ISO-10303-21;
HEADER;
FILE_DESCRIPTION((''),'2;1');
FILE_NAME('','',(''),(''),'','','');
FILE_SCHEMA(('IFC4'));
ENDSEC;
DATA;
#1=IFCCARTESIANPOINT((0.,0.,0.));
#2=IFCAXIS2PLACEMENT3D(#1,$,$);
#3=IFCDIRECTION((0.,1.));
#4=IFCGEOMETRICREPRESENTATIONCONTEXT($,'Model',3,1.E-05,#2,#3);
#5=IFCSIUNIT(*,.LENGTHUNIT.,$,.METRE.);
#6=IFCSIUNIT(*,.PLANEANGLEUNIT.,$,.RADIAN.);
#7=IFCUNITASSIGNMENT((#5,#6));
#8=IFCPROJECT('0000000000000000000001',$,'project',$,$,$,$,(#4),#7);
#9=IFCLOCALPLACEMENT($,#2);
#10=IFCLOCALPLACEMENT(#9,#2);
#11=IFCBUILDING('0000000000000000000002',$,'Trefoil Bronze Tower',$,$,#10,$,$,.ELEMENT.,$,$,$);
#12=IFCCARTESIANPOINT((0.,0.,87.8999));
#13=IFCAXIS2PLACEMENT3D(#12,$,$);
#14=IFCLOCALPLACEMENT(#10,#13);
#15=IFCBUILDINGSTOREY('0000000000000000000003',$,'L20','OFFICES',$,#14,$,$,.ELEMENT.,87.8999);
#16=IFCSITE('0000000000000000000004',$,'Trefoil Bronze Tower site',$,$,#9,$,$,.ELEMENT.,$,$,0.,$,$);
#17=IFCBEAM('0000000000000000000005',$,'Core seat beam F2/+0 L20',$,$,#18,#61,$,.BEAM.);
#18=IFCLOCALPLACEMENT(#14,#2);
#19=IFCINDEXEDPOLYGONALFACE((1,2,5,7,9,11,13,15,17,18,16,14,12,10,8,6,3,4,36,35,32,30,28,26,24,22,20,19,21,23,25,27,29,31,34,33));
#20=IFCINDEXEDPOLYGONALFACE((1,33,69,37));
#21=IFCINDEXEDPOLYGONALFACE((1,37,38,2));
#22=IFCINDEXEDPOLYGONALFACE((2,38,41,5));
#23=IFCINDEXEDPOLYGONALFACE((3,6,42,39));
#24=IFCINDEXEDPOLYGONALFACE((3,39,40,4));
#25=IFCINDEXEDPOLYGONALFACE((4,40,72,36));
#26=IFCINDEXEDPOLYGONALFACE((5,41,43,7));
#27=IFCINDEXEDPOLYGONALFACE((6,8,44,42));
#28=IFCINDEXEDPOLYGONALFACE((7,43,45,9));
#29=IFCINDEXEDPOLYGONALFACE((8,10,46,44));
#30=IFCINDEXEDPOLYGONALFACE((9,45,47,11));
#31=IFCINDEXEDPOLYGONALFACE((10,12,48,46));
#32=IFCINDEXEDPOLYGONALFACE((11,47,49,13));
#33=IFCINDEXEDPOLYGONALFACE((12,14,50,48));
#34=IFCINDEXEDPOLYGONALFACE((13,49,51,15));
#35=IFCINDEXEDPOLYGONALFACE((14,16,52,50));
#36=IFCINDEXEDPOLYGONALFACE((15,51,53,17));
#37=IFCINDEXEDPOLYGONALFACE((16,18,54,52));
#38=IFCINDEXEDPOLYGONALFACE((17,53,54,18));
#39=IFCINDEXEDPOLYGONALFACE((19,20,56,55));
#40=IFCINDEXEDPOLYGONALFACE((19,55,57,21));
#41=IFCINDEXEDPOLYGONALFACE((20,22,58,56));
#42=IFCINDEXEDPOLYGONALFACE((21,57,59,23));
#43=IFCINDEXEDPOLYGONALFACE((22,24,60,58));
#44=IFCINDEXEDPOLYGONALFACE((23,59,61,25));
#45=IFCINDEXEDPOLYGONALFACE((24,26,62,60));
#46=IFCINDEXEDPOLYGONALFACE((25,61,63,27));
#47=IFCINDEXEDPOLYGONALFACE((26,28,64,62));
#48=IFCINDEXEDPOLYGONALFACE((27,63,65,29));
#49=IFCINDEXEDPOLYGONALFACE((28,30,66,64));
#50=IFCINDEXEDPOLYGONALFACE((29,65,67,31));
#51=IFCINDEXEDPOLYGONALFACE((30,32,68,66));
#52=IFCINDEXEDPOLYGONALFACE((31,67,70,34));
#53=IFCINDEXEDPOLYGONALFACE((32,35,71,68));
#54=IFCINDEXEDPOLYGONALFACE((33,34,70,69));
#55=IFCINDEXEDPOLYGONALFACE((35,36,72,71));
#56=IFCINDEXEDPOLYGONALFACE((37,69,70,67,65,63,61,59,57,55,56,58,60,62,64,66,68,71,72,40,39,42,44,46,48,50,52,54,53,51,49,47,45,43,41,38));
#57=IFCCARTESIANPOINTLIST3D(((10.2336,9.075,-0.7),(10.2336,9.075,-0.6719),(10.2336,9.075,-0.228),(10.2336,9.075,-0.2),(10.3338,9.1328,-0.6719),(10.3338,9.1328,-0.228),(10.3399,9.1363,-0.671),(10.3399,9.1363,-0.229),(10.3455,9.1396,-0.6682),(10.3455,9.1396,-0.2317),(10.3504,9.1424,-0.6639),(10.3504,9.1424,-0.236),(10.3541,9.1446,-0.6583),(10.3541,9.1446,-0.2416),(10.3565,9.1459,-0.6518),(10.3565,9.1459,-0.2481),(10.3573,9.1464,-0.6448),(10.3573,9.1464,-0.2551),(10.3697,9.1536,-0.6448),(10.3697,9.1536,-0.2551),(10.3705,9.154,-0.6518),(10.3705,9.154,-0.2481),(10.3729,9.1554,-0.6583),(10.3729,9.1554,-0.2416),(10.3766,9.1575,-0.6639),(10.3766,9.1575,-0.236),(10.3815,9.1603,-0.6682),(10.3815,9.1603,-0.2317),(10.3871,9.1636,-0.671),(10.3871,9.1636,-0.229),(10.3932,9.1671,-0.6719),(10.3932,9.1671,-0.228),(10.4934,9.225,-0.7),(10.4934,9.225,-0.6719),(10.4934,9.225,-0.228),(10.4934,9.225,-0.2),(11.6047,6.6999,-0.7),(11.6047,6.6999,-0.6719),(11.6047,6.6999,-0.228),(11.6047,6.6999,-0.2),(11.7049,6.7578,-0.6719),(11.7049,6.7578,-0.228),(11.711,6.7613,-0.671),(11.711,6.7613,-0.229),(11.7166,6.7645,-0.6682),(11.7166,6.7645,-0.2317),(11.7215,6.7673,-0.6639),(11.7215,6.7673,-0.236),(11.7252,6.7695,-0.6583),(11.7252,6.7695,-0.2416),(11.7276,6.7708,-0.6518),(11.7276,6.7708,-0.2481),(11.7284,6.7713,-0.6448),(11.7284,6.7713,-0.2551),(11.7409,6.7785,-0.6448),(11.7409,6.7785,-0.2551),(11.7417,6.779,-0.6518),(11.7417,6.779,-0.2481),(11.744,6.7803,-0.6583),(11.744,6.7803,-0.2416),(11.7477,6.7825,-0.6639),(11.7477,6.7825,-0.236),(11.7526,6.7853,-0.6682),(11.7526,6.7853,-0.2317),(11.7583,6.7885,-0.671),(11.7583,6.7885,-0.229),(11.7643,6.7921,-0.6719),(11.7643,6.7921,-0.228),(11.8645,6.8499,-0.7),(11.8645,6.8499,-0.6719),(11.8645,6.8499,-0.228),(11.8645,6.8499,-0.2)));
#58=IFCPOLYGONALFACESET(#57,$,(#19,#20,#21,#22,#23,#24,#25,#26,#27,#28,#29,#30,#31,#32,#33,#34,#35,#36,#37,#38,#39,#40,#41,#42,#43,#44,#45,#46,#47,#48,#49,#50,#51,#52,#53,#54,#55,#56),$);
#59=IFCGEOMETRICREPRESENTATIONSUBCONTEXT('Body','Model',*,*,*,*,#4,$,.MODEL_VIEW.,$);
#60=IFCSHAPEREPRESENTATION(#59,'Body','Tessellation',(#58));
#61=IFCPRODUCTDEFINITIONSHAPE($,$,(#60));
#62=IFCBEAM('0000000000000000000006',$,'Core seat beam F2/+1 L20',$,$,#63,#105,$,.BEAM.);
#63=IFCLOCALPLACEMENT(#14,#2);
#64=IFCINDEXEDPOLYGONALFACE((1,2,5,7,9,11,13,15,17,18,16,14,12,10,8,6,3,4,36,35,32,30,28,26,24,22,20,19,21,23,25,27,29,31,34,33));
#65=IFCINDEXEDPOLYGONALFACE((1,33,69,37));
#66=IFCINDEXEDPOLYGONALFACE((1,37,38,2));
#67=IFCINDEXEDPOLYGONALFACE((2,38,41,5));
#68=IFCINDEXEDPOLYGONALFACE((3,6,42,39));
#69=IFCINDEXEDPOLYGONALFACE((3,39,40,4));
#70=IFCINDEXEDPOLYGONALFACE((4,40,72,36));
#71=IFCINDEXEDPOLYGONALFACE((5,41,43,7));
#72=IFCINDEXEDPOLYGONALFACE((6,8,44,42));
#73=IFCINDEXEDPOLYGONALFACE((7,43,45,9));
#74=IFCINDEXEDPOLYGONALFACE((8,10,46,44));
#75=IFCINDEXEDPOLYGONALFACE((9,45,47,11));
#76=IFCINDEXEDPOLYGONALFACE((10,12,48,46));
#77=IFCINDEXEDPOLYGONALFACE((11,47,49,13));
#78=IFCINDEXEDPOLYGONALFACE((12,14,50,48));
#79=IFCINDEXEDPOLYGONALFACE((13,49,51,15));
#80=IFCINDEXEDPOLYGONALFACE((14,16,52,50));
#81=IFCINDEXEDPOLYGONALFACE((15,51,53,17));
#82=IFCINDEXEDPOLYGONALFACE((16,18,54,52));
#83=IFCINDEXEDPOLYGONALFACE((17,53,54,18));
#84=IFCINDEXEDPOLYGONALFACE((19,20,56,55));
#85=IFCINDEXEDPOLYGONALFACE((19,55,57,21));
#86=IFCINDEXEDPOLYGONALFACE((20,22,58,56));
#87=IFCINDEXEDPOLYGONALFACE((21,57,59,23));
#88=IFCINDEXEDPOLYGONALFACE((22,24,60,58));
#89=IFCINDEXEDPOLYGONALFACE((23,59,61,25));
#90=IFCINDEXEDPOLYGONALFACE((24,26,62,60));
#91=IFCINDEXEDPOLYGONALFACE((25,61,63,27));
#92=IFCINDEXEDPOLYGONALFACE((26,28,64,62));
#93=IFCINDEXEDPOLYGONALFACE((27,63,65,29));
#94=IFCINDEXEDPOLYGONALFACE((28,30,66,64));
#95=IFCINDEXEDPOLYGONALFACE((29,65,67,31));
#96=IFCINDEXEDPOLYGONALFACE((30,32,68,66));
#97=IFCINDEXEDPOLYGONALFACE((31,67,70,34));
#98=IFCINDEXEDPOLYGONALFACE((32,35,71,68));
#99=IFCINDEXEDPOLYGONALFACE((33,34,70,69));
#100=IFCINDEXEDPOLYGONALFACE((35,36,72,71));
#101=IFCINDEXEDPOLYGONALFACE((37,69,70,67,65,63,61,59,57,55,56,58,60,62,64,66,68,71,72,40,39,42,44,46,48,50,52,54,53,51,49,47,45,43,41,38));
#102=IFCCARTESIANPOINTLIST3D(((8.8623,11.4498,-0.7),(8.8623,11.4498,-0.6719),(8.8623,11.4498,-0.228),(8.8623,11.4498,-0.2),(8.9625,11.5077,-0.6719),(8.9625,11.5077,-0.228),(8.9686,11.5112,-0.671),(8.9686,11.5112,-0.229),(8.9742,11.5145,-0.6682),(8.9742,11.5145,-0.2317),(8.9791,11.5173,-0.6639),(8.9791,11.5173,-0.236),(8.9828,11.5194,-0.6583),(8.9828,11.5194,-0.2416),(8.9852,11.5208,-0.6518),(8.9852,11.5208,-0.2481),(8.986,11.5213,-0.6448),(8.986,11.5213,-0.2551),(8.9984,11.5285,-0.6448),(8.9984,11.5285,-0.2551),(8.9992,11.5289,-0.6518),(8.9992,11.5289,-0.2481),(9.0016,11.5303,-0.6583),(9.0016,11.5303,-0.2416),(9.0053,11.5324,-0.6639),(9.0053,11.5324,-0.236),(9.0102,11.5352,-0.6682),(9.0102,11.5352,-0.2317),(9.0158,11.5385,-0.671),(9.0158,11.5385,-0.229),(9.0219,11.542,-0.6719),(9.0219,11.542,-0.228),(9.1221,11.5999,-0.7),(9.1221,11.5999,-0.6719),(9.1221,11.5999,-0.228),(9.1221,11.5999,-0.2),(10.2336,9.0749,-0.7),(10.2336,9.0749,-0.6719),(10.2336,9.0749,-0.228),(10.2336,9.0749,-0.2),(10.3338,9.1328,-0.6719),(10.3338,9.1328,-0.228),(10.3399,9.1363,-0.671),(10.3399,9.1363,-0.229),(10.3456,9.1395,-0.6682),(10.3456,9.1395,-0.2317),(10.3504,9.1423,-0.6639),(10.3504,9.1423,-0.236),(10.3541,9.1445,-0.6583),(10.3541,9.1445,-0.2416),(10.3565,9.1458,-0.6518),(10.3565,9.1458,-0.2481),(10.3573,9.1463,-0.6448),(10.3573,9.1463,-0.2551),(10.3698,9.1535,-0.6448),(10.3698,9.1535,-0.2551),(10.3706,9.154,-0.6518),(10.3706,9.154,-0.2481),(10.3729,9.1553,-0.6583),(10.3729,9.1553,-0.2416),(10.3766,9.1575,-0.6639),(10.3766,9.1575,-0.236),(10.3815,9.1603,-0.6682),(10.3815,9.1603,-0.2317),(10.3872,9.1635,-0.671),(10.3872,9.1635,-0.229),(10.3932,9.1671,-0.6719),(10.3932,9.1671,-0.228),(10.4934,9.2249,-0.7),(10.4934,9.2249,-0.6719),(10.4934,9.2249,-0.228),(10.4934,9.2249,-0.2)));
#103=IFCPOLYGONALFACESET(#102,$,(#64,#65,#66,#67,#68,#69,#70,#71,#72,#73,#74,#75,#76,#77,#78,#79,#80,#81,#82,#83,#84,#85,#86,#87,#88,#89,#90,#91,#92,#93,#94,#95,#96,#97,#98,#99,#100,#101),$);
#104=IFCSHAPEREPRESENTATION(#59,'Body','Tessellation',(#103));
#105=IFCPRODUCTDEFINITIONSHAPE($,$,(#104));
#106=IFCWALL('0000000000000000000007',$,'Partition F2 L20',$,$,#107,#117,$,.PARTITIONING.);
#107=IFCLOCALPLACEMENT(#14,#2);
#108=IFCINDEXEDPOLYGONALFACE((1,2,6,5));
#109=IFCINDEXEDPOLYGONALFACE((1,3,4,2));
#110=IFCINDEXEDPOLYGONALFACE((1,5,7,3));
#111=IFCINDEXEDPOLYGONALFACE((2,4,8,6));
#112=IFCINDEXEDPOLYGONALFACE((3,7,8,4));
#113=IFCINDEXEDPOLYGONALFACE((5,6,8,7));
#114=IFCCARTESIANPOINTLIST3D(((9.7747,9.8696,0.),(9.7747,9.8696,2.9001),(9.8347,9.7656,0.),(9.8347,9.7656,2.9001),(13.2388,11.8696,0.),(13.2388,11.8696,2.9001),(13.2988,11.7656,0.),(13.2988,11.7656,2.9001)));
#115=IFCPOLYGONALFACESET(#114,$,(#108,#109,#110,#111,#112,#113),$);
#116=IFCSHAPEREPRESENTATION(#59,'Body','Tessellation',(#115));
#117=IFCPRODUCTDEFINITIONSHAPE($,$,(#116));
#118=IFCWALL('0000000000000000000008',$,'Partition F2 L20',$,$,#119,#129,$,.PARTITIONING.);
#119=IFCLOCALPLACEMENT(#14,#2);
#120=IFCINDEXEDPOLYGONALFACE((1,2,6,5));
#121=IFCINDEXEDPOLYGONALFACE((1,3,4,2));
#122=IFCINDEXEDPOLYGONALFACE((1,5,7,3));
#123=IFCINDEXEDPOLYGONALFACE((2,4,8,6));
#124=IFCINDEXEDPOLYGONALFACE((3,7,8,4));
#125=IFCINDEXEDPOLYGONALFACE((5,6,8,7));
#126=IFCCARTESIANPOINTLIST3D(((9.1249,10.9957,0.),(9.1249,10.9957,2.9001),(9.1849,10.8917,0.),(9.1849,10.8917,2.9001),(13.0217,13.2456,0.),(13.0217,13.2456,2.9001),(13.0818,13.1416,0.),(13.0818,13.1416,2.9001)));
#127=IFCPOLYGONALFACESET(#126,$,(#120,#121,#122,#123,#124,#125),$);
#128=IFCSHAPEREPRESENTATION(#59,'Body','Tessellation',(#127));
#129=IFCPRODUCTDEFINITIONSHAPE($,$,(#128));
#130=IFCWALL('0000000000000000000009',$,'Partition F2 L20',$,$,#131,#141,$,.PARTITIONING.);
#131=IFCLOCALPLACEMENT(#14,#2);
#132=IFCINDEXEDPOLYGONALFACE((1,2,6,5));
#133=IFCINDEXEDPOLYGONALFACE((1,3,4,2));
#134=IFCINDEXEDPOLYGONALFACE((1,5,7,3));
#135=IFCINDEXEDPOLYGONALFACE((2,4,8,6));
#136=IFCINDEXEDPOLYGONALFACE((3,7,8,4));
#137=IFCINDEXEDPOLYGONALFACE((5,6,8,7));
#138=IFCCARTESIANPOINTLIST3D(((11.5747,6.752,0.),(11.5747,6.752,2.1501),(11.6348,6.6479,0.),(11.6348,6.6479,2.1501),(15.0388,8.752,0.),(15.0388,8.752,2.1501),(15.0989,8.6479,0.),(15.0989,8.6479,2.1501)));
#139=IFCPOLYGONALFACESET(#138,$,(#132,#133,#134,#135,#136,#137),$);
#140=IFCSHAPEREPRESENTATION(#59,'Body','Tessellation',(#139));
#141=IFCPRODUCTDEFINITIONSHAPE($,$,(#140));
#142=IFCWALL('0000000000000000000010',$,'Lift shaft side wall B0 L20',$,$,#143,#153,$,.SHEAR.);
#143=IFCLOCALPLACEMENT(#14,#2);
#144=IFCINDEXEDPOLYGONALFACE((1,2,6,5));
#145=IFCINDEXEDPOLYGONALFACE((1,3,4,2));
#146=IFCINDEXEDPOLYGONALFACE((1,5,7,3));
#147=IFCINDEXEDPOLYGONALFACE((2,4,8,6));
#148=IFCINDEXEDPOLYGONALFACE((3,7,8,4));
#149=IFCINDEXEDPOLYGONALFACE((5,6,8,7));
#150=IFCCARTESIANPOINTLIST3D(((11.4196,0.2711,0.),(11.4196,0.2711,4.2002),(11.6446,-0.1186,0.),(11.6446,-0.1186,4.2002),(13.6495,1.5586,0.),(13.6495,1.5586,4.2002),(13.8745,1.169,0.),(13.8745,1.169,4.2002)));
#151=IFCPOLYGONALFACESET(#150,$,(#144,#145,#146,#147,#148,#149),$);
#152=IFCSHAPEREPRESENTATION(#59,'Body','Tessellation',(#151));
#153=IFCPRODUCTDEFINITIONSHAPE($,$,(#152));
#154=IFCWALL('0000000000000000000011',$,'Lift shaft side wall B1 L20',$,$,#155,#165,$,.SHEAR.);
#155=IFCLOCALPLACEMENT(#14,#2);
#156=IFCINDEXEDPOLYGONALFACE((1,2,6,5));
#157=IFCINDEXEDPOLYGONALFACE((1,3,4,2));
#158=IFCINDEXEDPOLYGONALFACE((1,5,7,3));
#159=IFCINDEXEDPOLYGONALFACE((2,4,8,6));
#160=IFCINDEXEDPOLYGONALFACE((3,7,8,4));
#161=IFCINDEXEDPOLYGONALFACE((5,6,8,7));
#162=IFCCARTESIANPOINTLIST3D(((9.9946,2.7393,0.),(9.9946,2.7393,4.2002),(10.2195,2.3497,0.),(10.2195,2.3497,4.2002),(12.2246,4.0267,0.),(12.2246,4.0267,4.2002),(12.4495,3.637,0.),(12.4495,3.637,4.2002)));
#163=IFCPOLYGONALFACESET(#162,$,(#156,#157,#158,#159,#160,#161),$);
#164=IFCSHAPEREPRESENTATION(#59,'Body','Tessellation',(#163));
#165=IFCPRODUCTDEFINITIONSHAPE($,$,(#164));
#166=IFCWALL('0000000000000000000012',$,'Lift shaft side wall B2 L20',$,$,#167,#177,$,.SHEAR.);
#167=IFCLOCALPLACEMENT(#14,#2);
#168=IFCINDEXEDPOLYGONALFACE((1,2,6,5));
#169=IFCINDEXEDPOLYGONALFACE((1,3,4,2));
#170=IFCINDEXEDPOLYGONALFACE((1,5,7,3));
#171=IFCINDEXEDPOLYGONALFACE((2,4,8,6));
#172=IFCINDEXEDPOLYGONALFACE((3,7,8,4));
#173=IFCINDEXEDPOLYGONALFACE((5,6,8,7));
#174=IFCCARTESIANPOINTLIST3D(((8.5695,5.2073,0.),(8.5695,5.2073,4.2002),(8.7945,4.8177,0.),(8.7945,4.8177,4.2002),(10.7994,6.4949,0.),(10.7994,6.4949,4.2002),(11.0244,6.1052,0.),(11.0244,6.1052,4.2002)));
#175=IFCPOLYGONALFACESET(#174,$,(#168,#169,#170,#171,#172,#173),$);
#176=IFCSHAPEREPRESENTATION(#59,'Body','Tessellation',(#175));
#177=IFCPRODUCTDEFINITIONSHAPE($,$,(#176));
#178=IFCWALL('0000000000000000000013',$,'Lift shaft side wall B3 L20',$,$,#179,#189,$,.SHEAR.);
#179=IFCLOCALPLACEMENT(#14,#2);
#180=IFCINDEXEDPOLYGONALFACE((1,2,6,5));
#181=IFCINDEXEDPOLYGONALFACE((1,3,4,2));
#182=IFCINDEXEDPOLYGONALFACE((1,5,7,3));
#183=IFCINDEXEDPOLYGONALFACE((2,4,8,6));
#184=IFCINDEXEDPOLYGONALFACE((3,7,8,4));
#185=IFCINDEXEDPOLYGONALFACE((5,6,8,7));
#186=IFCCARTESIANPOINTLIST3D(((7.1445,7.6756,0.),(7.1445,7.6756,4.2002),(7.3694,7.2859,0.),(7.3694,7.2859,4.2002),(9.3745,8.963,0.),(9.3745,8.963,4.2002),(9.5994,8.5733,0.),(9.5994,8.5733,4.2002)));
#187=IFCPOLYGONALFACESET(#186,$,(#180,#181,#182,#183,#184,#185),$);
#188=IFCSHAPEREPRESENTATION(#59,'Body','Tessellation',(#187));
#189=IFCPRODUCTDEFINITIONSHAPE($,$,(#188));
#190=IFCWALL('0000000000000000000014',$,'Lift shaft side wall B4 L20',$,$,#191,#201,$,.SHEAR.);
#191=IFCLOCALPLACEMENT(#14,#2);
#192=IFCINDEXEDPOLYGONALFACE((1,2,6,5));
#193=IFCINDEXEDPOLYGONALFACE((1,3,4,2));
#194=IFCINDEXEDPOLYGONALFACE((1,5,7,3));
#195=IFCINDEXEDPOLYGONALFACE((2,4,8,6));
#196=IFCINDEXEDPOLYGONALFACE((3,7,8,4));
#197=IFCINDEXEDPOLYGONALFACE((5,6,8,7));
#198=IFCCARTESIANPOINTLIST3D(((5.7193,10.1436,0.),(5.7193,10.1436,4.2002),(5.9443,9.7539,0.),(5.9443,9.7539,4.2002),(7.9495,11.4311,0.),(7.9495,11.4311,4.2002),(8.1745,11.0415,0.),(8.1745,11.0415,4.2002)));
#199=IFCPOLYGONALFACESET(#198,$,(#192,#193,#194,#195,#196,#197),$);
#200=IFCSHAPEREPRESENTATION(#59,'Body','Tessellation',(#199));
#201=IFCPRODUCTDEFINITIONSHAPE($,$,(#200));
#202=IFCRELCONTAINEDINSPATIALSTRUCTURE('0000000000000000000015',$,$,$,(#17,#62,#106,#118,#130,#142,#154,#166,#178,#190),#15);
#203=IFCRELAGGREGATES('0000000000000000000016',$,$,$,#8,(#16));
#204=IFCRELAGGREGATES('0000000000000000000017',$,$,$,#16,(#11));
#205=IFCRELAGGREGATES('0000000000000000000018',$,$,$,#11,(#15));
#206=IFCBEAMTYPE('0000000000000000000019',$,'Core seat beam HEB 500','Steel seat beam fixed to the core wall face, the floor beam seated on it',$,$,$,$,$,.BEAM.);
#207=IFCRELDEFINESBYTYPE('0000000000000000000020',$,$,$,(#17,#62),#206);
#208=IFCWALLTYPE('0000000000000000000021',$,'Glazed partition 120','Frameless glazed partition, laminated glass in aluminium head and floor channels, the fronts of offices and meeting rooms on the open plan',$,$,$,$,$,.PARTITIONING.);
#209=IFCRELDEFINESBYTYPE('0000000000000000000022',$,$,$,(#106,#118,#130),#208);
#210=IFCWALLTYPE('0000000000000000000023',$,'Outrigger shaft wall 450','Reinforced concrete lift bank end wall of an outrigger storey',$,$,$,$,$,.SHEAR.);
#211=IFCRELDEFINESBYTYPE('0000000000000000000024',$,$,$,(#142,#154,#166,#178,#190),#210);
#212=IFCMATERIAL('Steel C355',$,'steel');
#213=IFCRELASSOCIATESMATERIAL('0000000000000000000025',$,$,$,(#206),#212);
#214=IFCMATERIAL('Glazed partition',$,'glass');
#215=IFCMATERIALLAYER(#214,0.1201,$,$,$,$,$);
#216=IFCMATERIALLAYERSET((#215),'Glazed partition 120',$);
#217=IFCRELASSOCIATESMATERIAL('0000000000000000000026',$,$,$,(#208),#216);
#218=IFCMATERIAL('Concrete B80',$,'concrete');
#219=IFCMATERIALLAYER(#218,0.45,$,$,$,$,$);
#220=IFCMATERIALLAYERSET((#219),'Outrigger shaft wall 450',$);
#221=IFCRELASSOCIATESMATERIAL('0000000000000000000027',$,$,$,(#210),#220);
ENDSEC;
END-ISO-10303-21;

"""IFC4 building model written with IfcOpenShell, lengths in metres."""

from ifc_helpers import new_model, si_unit, direction, frame, frame_2d, origin, origin_2d, place, context, subcontext, project, spatial, rectangle, i_section, extrude, material, layer, layer_set, material_profile, profile_set, type_object, element, save


model = new_model("IFC4")

# Units and contexts
model_context = context("Model", 3, precision=1e-05, world=origin(), true_north=direction((0.0, 1.0)))
body_context = subcontext(model_context, "Body", "Model", "MODEL_VIEW")
ifc_project = project(units=[si_unit("LENGTHUNIT", "METRE"), si_unit("PLANEANGLEUNIT", "RADIAN")], contexts=[model_context])

# Site, building, storey
site_placement = place(None, origin())
site = spatial("IfcSite", under=ifc_project, at=site_placement, Name="Trefoil Bronze Tower site", CompositionType="ELEMENT", RefElevation=0.0)
building_placement = place(site_placement, origin())
building = spatial("IfcBuilding", under=site, at=building_placement, Name="Trefoil Bronze Tower", CompositionType="ELEMENT")
storey_placement = place(building_placement, frame((0.0, 0.0, 87.8999)))
storey = spatial("IfcBuildingStorey", under=building, at=storey_placement, Name="L20", Description="OFFICES", CompositionType="ELEMENT", Elevation=87.8999)

# Beams
ifc_material_1 = material(Name="Steel C355", Category="steel")
ifc_material_profile = material_profile(ifc_material_1, i_section(OverallWidth=0.3, OverallDepth=0.5, WebThickness=0.0144, FlangeThickness=0.0281, FilletRadius=0.0271, at=origin_2d()), Name="HEB 500")
ifc_profile_set = profile_set([ifc_material_profile], Name="Steel C355")
beam_type = type_object("IfcBeamType", Name="Core seat beam HEB 500", Description="Steel seat beam fixed to the core wall face, the floor beam seated on it", PredefinedType="BEAM", material=ifc_profile_set)
for number, where, z_axis, x_axis, name in (
    (1, (11.7346, 6.7749, -0.45), (-0.499969, 0.866043, 0.0), (-0.866043, -0.499969, 0.0), "Core seat beam F2/+0 L20"),
    (2, (10.3635, 9.1499, -0.45), (-0.500036, 0.866005, 0.0), (-0.866005, -0.500036, 0.0), "Core seat beam F2/+1 L20"),
):
    element("IfcBeam", number, at=place(storey_placement, frame(where, z_axis=z_axis, x_axis=x_axis)), inside=storey, type_object=beam_type, Name=name, PredefinedType="BEAM", context=body_context, shape_type="SweptSolid", body=[
        extrude(i_section(OverallWidth=0.3, OverallDepth=0.5, WebThickness=0.0144, FlangeThickness=0.0281, FilletRadius=0.0271, at=origin_2d()), origin(), (0.0, 0.0, 1.0), 2.7424),
    ])

# Walls
ifc_material_2 = material(Name="Glazed partition", Category="glass")
ifc_layer_1 = layer(ifc_material_2, 0.1201)
ifc_layer_set_1 = layer_set([ifc_layer_1], Name="Glazed partition 120")
wall_type_1 = type_object("IfcWallType", Name="Glazed partition 120", Description="Frameless glazed partition, laminated glass in aluminium head and floor channels, the fronts of offices and meeting rooms on the open plan", PredefinedType="PARTITIONING", material=ifc_layer_set_1)
wall_1_placement = place(storey_placement, frame((9.8047, 9.8176, 0.0), z_axis=(0.0, 0.0, 1.0), x_axis=(0.866026, 0.499999, 0.0)))
element("IfcWall", 3, at=wall_1_placement, inside=storey, type_object=wall_type_1, Name="Partition F2 L20", PredefinedType="PARTITIONING", context=body_context, shape_type="SweptSolid", body=[
    extrude(rectangle(XDim=4.0, YDim=0.1201, at=frame_2d((2.0, 0.0))), origin(), (0.0, 0.0, 1.0), 2.9001),
])
wall_2_placement = place(storey_placement, frame((9.1548, 10.9436, 0.0), z_axis=(0.0, 0.0, 1.0), x_axis=(0.866018, 0.500014, 0.0)))
element("IfcWall", 4, at=wall_2_placement, inside=storey, type_object=wall_type_1, Name="Partition F2 L20", PredefinedType="PARTITIONING", context=body_context, shape_type="SweptSolid", body=[
    extrude(rectangle(XDim=4.4998, YDim=0.1201, at=frame_2d((2.25, 0.0))), origin(), (0.0, 0.0, 1.0), 2.9001),
])
wall_3_placement = place(storey_placement, frame((11.6047, 6.7, 0.0), z_axis=(0.0, 0.0, 1.0), x_axis=(0.866026, 0.499999, 0.0)))
element("IfcWall", 5, at=wall_3_placement, inside=storey, type_object=wall_type_1, Name="Partition F2 L20", PredefinedType="PARTITIONING", context=body_context, shape_type="SweptSolid", body=[
    extrude(rectangle(XDim=4.0, YDim=0.1201, at=frame_2d((2.0, 0.0))), origin(), (0.0, 0.0, 1.0), 2.1501),
])
ifc_material_3 = material(Name="Concrete B80", Category="concrete")
ifc_layer_2 = layer(ifc_material_3, 0.45)
ifc_layer_set_2 = layer_set([ifc_layer_2], Name="Outrigger shaft wall 450")
wall_type_2 = type_object("IfcWallType", Name="Outrigger shaft wall 450", Description="Reinforced concrete lift bank end wall of an outrigger storey", PredefinedType="SHEAR", material=ifc_layer_set_2)
for number, where, z_axis, x_axis, name in (
    (6, (11.532, 0.0762, 0.0), (0.0, 0.0, 1.0), (0.866006, 0.500034, 0.0), "Lift shaft side wall B0 L20"),
    (7, (10.1069, 2.5444, 0.0), (0.0, 0.0, 1.0), (0.866047, 0.499963, 0.0), "Lift shaft side wall B1 L20"),
    (8, (8.6819, 5.0125, 0.0), (0.0, 0.0, 1.0), (0.866006, 0.500034, 0.0), "Lift shaft side wall B2 L20"),
    (9, (7.2568, 7.4807, 0.0), (0.0, 0.0, 1.0), (0.866047, 0.499963, 0.0), "Lift shaft side wall B3 L20"),
):
    element("IfcWall", number, at=place(storey_placement, frame(where, z_axis=z_axis, x_axis=x_axis)), inside=storey, type_object=wall_type_2, Name=name, PredefinedType="SHEAR", context=body_context, shape_type="SweptSolid", body=[
        extrude(rectangle(XDim=2.575, YDim=0.45, at=frame_2d((1.2876, 0.0))), origin(), (0.0, 0.0, 1.0), 4.2002),
    ])
wall_4_placement = place(storey_placement, frame((5.8318, 9.9487, 0.0), z_axis=(0.0, 0.0, 1.0), x_axis=(0.866029, 0.499993, 0.0)))
element("IfcWall", 10, at=wall_4_placement, inside=storey, type_object=wall_type_2, Name="Lift shaft side wall B4 L20", PredefinedType="SHEAR", context=body_context, shape_type="SweptSolid", body=[
    extrude(rectangle(XDim=2.5752, YDim=0.45, at=frame_2d((1.2876, 0.0))), origin(), (0.0, 0.0, 1.0), 4.2002),
])

save(model, "model.ifc")
